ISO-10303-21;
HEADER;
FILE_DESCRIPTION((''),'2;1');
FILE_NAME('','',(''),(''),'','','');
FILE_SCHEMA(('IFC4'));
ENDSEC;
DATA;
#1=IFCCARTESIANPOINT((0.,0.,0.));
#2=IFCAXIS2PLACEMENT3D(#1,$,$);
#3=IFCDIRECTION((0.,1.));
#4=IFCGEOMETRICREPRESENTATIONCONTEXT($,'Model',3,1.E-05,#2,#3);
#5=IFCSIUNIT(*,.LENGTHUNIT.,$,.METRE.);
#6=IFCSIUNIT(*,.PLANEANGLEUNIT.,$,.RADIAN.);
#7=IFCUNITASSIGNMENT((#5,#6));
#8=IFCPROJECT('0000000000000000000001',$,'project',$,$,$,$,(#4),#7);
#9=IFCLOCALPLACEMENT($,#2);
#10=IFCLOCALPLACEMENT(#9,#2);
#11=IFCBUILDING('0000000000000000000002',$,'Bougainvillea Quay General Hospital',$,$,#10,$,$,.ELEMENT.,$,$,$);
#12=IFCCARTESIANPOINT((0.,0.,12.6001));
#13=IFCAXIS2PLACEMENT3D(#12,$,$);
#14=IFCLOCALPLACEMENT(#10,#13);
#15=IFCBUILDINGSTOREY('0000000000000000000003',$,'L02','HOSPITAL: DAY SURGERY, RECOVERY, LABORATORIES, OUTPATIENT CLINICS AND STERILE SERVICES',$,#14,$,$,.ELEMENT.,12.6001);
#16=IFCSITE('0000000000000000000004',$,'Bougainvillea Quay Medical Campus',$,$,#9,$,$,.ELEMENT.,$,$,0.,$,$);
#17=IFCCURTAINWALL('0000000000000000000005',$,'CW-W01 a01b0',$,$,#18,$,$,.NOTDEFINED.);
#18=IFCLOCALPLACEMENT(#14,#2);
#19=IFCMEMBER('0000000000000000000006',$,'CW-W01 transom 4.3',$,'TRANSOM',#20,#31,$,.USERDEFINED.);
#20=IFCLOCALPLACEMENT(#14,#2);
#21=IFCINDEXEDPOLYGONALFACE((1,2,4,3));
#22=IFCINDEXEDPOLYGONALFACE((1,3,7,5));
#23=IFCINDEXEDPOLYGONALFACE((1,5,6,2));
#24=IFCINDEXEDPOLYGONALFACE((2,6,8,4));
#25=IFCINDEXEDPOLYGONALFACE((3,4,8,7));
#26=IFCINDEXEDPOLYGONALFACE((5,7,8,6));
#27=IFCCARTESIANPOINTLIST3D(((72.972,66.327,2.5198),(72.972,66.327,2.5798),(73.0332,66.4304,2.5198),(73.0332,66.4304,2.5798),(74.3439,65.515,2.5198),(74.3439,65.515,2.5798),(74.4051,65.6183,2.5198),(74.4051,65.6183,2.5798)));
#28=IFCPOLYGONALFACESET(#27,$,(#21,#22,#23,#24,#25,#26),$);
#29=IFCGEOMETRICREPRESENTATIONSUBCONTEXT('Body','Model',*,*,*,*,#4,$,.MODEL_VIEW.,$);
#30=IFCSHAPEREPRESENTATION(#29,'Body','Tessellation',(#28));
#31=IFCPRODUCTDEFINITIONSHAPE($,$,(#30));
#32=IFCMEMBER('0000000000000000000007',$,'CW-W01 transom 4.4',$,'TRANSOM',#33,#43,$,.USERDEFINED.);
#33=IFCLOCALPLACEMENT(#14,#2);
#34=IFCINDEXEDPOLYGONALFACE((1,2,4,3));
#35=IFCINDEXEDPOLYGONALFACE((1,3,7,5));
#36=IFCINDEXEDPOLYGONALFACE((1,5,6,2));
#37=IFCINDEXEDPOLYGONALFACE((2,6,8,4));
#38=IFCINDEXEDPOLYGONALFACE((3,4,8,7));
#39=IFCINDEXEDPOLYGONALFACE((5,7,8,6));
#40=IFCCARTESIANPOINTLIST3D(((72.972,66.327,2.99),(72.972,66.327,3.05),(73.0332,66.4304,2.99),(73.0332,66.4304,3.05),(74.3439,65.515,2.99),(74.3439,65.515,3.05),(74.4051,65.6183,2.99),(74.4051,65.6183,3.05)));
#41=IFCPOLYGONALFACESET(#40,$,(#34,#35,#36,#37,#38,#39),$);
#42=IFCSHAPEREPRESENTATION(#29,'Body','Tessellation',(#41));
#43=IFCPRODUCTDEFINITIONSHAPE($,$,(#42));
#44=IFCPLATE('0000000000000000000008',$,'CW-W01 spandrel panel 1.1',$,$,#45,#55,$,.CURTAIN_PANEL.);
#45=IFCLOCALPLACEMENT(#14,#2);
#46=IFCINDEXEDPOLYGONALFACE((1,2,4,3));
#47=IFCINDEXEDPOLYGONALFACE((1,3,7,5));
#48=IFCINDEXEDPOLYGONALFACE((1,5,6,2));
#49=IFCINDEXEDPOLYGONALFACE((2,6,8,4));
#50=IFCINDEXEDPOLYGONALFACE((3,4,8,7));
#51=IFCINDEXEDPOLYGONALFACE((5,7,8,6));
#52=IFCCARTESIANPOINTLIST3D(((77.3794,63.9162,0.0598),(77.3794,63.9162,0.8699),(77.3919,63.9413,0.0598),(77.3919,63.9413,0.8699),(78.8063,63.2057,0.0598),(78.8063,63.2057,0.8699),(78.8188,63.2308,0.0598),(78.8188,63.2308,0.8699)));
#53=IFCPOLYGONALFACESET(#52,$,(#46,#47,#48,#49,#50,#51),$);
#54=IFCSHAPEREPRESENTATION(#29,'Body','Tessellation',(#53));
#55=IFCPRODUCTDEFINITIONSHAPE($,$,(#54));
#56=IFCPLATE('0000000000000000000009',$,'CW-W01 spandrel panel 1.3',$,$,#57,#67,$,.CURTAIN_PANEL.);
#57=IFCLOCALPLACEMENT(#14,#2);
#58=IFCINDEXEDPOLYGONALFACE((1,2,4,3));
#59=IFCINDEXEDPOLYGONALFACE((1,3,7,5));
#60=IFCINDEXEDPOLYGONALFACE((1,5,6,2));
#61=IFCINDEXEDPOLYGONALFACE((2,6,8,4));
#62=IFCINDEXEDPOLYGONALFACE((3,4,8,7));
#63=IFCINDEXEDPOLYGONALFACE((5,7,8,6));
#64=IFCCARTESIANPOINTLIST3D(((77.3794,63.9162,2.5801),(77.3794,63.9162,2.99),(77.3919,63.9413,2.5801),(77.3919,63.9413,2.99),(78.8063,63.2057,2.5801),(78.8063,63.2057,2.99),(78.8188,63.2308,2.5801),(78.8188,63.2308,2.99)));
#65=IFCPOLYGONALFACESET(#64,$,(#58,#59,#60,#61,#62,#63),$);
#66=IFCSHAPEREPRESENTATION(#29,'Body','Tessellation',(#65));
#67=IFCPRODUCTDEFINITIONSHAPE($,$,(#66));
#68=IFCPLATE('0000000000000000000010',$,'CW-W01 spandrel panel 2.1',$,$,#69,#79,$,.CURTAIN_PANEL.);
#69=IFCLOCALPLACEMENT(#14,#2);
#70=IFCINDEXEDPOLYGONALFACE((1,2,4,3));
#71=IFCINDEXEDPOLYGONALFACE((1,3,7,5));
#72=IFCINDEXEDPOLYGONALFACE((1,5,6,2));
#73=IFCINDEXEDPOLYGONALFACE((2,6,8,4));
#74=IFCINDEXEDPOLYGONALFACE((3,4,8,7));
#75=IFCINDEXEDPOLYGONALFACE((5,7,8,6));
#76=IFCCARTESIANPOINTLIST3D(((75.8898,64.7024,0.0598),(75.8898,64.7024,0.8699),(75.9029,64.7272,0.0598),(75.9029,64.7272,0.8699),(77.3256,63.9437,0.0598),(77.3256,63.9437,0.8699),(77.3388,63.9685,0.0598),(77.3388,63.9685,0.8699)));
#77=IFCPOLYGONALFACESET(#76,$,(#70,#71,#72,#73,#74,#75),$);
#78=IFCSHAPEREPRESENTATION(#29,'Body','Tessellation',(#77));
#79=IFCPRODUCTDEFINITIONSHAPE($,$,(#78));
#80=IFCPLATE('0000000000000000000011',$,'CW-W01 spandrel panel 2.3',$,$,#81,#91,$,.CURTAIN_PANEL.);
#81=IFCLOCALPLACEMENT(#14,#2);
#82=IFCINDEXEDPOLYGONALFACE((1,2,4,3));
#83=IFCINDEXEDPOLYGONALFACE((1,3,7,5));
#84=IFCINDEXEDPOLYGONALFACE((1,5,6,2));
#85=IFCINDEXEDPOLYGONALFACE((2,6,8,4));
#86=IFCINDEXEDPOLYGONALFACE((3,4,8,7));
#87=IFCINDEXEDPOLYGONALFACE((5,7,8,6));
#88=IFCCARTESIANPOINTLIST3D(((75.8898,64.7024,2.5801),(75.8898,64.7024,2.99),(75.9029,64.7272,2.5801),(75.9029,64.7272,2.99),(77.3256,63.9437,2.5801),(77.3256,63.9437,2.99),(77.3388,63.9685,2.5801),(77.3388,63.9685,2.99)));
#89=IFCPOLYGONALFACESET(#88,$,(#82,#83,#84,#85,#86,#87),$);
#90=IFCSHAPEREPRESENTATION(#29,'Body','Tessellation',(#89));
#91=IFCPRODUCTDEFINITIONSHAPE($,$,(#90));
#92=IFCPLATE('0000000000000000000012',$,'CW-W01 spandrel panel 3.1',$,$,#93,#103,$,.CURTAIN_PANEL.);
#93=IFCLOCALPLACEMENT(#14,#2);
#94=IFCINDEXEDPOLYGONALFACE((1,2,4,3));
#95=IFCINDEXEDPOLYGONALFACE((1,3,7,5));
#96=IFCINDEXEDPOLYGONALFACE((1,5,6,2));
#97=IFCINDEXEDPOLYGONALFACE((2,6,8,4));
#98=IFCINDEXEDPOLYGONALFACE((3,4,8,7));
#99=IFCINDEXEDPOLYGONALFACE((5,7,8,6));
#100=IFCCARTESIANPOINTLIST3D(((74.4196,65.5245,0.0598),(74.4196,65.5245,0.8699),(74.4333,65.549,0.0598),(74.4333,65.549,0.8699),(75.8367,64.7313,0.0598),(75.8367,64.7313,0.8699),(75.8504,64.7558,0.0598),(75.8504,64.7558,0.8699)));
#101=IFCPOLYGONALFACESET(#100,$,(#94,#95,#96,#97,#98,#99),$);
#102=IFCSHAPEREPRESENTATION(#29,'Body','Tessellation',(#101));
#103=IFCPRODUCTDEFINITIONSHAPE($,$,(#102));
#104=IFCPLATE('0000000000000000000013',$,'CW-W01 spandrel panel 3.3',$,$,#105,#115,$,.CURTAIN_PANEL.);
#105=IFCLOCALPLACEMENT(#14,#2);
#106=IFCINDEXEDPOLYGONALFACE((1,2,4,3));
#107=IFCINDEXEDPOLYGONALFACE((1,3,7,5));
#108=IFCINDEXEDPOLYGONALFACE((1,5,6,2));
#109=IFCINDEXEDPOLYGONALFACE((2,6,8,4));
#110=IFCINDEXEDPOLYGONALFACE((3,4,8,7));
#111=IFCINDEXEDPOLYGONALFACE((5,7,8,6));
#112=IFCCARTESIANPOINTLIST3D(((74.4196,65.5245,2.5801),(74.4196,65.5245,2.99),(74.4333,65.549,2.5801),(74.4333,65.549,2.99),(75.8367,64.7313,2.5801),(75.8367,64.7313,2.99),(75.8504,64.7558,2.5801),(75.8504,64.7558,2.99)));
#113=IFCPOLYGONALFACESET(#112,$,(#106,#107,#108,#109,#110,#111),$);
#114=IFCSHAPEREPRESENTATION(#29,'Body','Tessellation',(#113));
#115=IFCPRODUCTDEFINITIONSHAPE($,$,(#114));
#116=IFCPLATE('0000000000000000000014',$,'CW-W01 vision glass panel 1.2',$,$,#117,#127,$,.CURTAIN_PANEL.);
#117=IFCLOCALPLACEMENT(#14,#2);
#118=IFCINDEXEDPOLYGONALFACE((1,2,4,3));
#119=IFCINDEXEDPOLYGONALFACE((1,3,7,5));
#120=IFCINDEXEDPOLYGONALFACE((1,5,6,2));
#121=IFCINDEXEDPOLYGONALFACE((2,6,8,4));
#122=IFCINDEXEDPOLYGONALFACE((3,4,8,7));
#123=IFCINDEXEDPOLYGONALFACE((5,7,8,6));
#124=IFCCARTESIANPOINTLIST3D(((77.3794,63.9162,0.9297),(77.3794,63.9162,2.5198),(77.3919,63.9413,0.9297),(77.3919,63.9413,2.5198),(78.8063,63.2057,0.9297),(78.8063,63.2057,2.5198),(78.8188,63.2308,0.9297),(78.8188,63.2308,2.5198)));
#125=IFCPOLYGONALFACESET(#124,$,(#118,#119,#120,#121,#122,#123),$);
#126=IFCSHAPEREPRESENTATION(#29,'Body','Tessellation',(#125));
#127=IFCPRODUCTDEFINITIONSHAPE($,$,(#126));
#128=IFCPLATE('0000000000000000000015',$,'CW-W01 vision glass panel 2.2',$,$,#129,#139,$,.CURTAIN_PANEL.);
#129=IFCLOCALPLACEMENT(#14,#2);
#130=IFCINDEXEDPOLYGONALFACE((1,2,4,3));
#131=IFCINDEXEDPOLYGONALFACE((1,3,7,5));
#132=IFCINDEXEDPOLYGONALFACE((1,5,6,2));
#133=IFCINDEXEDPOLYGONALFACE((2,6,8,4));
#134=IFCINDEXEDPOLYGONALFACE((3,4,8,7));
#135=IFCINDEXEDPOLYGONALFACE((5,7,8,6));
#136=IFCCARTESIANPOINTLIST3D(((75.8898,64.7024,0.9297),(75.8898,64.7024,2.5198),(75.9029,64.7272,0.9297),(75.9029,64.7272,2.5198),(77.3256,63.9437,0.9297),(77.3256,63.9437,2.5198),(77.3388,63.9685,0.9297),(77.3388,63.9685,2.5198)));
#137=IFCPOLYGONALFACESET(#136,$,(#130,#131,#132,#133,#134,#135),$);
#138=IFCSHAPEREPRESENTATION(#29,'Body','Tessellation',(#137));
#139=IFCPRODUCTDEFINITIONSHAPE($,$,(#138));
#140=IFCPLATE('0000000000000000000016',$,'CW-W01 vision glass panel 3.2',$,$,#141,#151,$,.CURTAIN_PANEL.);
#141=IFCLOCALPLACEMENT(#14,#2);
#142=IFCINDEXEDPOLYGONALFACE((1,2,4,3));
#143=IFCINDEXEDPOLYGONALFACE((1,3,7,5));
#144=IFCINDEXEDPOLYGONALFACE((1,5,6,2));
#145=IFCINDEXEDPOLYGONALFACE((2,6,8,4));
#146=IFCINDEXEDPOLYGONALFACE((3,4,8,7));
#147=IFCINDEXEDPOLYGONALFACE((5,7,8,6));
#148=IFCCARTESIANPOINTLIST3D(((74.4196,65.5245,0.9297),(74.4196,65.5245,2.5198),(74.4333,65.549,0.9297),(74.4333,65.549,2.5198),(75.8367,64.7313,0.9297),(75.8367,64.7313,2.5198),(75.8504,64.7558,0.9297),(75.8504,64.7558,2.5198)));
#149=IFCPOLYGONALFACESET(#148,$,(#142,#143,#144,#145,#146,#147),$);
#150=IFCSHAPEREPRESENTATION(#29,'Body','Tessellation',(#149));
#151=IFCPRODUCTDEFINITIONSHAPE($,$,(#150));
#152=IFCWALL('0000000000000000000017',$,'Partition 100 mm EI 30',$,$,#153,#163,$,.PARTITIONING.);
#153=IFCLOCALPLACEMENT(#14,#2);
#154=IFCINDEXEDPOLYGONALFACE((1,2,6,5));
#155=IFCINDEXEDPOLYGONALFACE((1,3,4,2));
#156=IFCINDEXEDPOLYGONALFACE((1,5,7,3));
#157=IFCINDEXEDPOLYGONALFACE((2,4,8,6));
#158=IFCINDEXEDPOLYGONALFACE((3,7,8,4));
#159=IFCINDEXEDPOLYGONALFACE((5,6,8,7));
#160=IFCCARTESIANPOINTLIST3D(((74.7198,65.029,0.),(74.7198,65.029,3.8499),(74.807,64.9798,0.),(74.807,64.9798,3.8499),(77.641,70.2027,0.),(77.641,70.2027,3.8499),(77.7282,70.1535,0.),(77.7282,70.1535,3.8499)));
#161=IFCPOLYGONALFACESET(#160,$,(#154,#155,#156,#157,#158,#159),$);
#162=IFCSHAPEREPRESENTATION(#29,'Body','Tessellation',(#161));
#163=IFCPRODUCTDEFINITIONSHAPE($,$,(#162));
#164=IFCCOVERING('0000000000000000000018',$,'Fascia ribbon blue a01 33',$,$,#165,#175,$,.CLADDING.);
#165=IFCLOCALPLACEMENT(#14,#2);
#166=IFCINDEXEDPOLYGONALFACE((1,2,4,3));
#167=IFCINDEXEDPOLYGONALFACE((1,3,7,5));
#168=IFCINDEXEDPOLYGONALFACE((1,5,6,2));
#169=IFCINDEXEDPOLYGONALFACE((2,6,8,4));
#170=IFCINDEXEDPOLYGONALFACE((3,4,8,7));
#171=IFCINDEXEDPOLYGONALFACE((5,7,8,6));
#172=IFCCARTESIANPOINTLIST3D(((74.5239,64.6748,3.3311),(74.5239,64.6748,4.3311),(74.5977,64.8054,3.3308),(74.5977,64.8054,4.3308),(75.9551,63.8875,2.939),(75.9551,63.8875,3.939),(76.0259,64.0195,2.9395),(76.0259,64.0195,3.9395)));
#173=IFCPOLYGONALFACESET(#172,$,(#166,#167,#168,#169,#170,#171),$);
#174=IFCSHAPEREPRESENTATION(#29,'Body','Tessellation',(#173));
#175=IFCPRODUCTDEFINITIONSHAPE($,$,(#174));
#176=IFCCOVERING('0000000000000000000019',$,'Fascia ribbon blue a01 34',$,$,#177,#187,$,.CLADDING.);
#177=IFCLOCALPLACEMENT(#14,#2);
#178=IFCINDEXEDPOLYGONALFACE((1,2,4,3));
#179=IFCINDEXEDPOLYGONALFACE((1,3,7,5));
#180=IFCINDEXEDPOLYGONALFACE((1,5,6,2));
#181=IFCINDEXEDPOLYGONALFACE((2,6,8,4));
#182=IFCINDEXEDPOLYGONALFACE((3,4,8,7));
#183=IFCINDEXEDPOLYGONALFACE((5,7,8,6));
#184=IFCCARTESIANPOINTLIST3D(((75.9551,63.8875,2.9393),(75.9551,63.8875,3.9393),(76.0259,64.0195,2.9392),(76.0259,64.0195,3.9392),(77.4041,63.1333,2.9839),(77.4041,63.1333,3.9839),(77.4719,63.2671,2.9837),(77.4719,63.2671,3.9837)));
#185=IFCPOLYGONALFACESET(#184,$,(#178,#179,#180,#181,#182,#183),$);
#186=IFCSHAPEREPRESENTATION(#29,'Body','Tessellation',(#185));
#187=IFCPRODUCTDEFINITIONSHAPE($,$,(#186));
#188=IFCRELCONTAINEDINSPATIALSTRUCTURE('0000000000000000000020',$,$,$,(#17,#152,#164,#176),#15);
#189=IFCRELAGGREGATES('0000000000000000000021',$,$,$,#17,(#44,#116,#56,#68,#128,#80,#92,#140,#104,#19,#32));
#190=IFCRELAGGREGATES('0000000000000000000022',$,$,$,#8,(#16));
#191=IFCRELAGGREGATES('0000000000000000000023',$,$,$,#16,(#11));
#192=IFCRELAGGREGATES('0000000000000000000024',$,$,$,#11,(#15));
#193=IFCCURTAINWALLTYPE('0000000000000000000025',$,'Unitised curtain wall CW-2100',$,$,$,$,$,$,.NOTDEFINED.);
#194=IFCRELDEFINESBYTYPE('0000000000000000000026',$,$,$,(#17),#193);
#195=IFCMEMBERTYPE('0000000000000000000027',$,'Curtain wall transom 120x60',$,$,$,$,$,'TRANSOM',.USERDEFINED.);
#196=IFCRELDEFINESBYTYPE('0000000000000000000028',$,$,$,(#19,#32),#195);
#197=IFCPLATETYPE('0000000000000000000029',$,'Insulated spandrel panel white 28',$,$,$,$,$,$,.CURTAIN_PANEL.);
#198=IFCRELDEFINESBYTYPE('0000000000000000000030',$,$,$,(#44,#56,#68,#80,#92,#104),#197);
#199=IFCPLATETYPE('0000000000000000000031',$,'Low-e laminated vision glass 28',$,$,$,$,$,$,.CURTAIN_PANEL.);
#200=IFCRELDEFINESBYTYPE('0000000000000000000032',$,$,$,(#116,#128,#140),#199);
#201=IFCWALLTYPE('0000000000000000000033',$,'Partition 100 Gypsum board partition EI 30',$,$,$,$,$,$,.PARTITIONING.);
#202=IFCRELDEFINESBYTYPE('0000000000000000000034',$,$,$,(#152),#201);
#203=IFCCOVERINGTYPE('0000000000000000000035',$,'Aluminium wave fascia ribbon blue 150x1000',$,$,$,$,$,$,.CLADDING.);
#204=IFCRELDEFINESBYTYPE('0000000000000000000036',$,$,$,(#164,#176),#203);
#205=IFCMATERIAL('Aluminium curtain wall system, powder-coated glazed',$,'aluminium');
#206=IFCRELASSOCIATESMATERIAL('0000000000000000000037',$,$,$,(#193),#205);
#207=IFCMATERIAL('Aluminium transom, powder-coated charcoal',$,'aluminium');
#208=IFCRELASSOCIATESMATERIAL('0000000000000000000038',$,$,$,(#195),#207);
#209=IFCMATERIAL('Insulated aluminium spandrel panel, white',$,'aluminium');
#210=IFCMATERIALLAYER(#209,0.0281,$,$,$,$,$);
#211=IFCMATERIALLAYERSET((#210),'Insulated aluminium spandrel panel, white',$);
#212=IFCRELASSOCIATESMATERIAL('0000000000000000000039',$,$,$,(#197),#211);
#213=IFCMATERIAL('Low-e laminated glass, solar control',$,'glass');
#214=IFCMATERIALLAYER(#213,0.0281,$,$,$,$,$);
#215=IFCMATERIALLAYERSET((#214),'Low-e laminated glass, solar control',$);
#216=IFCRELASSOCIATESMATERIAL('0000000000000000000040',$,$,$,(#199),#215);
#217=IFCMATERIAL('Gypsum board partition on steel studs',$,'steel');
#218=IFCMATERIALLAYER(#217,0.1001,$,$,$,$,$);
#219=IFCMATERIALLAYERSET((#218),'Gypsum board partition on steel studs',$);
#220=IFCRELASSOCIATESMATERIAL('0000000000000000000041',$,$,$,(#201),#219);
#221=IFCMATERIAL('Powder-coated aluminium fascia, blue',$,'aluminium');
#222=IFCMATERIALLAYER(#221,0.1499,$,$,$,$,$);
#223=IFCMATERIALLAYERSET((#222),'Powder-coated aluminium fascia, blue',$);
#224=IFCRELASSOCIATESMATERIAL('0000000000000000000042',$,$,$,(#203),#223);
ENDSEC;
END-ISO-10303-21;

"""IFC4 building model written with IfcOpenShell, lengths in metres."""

from ifc_helpers import new_model, si_unit, direction, frame, frame_2d, origin, origin_2d, place, context, subcontext, project, spatial, polyline, rectangle, outline, extrude, material, layer, layer_set, material_profile, profile_set, type_object, element, aggregate, save


model = new_model("IFC4")

# Units and contexts
model_context = context("Model", 3, precision=1e-05, world=origin(), true_north=direction((0.0, 1.0)))
body_context = subcontext(model_context, "Body", "Model", "MODEL_VIEW")
ifc_project = project(units=[si_unit("LENGTHUNIT", "METRE"), si_unit("PLANEANGLEUNIT", "RADIAN")], contexts=[model_context])

# Site, building, storey
site_placement = place(None, origin())
site = spatial("IfcSite", under=ifc_project, at=site_placement, Name="Bougainvillea Quay Medical Campus", CompositionType="ELEMENT", RefElevation=0.0)
building_placement = place(site_placement, origin())
building = spatial("IfcBuilding", under=site, at=building_placement, Name="Bougainvillea Quay General Hospital", CompositionType="ELEMENT")
storey_placement = place(building_placement, frame((0.0, 0.0, 12.6001)))
storey = spatial("IfcBuildingStorey", under=building, at=storey_placement, Name="L02", Description="HOSPITAL: DAY SURGERY, RECOVERY, LABORATORIES, OUTPATIENT CLINICS AND STERILE SERVICES", CompositionType="ELEMENT", Elevation=12.6001)

# Curtain wall, members, plates
ifc_material_1 = material(Name="Aluminium curtain wall system, powder-coated glazed", Category="aluminium")
curtain_wall_type = type_object("IfcCurtainWallType", Name="Unitised curtain wall CW-2100", PredefinedType="NOTDEFINED", material=ifc_material_1)
curtain_wall_placement = place(storey_placement, origin())
curtain_wall = element("IfcCurtainWall", 1, at=curtain_wall_placement, inside=storey, type_object=curtain_wall_type, Name="CW-W01 a01b0", PredefinedType="NOTDEFINED")
ifc_material_2 = material(Name="Aluminium transom, powder-coated charcoal", Category="aluminium")
ifc_material_profile_1 = material_profile(ifc_material_2, rectangle(XDim=0.1201, YDim=0.0601, at=origin_2d()))
ifc_profile_set_1 = profile_set([ifc_material_profile_1], Name="Aluminium transom, powder-coated charcoal")
member_type_1 = type_object("IfcMemberType", Name="Curtain wall transom 120x60", ElementType="TRANSOM", PredefinedType="USERDEFINED", material=ifc_profile_set_1)
member_1_placement = place(storey_placement, frame((74.3745, 65.5667, 2.5498), z_axis=(-0.860545, 0.509374, 0.0), x_axis=(-0.509374, -0.860545, 0.0)))
member_1 = element("IfcMember", 2, at=member_1_placement, type_object=member_type_1, Name="CW-W01 transom 4.3", ObjectType="TRANSOM", PredefinedType="USERDEFINED", context=body_context, shape_type="SweptSolid", body=[
    extrude(rectangle(XDim=0.1201, YDim=0.0601, at=origin_2d()), origin(), (0.0, 0.0, 1.0), 1.5942),
])
member_2_placement = place(storey_placement, frame((74.3745, 65.5667, 3.02), z_axis=(-0.860545, 0.509374, 0.0), x_axis=(-0.509374, -0.860545, 0.0)))
member_2 = element("IfcMember", 3, at=member_2_placement, type_object=member_type_1, Name="CW-W01 transom 4.4", ObjectType="TRANSOM", PredefinedType="USERDEFINED", context=body_context, shape_type="SweptSolid", body=[
    extrude(rectangle(XDim=0.1201, YDim=0.0601, at=origin_2d()), origin(), (0.0, 0.0, 1.0), 1.5942),
])
ifc_material_3 = material(Name="Insulated aluminium spandrel panel, white", Category="aluminium")
ifc_layer_1 = layer(ifc_material_3, 0.0281)
ifc_layer_set_1 = layer_set([ifc_layer_1], Name="Insulated aluminium spandrel panel, white")
plate_type_1 = type_object("IfcPlateType", Name="Insulated spandrel panel white 28", PredefinedType="CURTAIN_PANEL", material=ifc_layer_set_1)
plate_1_placement = place(storey_placement, frame((78.0991, 63.5735, 0.0598), z_axis=(0.0, 0.0, 1.0), x_axis=(-0.895167, 0.445731, 0.0)))
plate_1 = element("IfcPlate", 4, at=plate_1_placement, type_object=plate_type_1, Name="CW-W01 spandrel panel 1.1", PredefinedType="CURTAIN_PANEL", context=body_context, shape_type="SweptSolid", body=[
    extrude(rectangle(XDim=1.594, YDim=0.0281, at=origin_2d()), origin(), (0.0, 0.0, 1.0), 0.8101),
])
plate_2_placement = place(storey_placement, frame((78.0991, 63.5735, 2.5801), z_axis=(0.0, 0.0, 1.0), x_axis=(-0.895167, 0.445731, 0.0)))
plate_2 = element("IfcPlate", 5, at=plate_2_placement, type_object=plate_type_1, Name="CW-W01 spandrel panel 1.3", PredefinedType="CURTAIN_PANEL", context=body_context, shape_type="SweptSolid", body=[
    extrude(rectangle(XDim=1.594, YDim=0.0281, at=origin_2d()), origin(), (0.0, 0.0, 1.0), 0.4099),
])
plate_3_placement = place(storey_placement, frame((76.6143, 64.3354, 0.0598), z_axis=(0.0, 0.0, 1.0), x_axis=(-0.884145, 0.467213, 0.0)))
plate_3 = element("IfcPlate", 6, at=plate_3_placement, type_object=plate_type_1, Name="CW-W01 spandrel panel 2.1", PredefinedType="CURTAIN_PANEL", context=body_context, shape_type="SweptSolid", body=[
    extrude(rectangle(XDim=1.624, YDim=0.0281, at=origin_2d()), origin(), (0.0, 0.0, 1.0), 0.8101),
])
plate_4_placement = place(storey_placement, frame((76.6143, 64.3354, 2.5801), z_axis=(0.0, 0.0, 1.0), x_axis=(-0.884145, 0.467213, 0.0)))
plate_4 = element("IfcPlate", 7, at=plate_4_placement, type_object=plate_type_1, Name="CW-W01 spandrel panel 2.3", PredefinedType="CURTAIN_PANEL", context=body_context, shape_type="SweptSolid", body=[
    extrude(rectangle(XDim=1.624, YDim=0.0281, at=origin_2d()), origin(), (0.0, 0.0, 1.0), 0.4099),
])
plate_5_placement = place(storey_placement, frame((75.135, 65.1401, 0.0598), z_axis=(0.0, 0.0, 1.0), x_axis=(-0.872608, 0.488422, 0.0)))
plate_5 = element("IfcPlate", 8, at=plate_5_placement, type_object=plate_type_1, Name="CW-W01 spandrel panel 3.1", PredefinedType="CURTAIN_PANEL", context=body_context, shape_type="SweptSolid", body=[
    extrude(rectangle(XDim=1.624, YDim=0.0281, at=origin_2d()), origin(), (0.0, 0.0, 1.0), 0.8101),
])
plate_6_placement = place(storey_placement, frame((75.135, 65.1401, 2.5801), z_axis=(0.0, 0.0, 1.0), x_axis=(-0.872608, 0.488422, 0.0)))
plate_6 = element("IfcPlate", 9, at=plate_6_placement, type_object=plate_type_1, Name="CW-W01 spandrel panel 3.3", PredefinedType="CURTAIN_PANEL", context=body_context, shape_type="SweptSolid", body=[
    extrude(rectangle(XDim=1.624, YDim=0.0281, at=origin_2d()), origin(), (0.0, 0.0, 1.0), 0.4099),
])
ifc_material_4 = material(Name="Low-e laminated glass, solar control", Category="glass")
ifc_layer_2 = layer(ifc_material_4, 0.0281)
ifc_layer_set_2 = layer_set([ifc_layer_2], Name="Low-e laminated glass, solar control")
plate_type_2 = type_object("IfcPlateType", Name="Low-e laminated vision glass 28", PredefinedType="CURTAIN_PANEL", material=ifc_layer_set_2)
plate_7_placement = place(storey_placement, frame((78.0991, 63.5735, 0.9297), z_axis=(0.0, 0.0, 1.0), x_axis=(-0.895167, 0.445731, 0.0)))
plate_7 = element("IfcPlate", 10, at=plate_7_placement, type_object=plate_type_2, Name="CW-W01 vision glass panel 1.2", PredefinedType="CURTAIN_PANEL", context=body_context, shape_type="SweptSolid", body=[
    extrude(rectangle(XDim=1.594, YDim=0.0281, at=origin_2d()), origin(), (0.0, 0.0, 1.0), 1.5901),
])
plate_8_placement = place(storey_placement, frame((76.6143, 64.3354, 0.9297), z_axis=(0.0, 0.0, 1.0), x_axis=(-0.884145, 0.467213, 0.0)))
plate_8 = element("IfcPlate", 11, at=plate_8_placement, type_object=plate_type_2, Name="CW-W01 vision glass panel 2.2", PredefinedType="CURTAIN_PANEL", context=body_context, shape_type="SweptSolid", body=[
    extrude(rectangle(XDim=1.624, YDim=0.0281, at=origin_2d()), origin(), (0.0, 0.0, 1.0), 1.5901),
])
plate_9_placement = place(storey_placement, frame((75.135, 65.1401, 0.9297), z_axis=(0.0, 0.0, 1.0), x_axis=(-0.872608, 0.488422, 0.0)))
plate_9 = element("IfcPlate", 12, at=plate_9_placement, type_object=plate_type_2, Name="CW-W01 vision glass panel 3.2", PredefinedType="CURTAIN_PANEL", context=body_context, shape_type="SweptSolid", body=[
    extrude(rectangle(XDim=1.624, YDim=0.0281, at=origin_2d()), origin(), (0.0, 0.0, 1.0), 1.5901),
])
aggregate(curtain_wall, [plate_1, plate_7, plate_2, plate_3, plate_8, plate_4, plate_5, plate_9, plate_6, member_1, member_2])

# Wall
ifc_material_5 = material(Name="Gypsum board partition on steel studs", Category="steel")
ifc_layer_3 = layer(ifc_material_5, 0.1001)
ifc_layer_set_3 = layer_set([ifc_layer_3], Name="Gypsum board partition on steel studs")
wall_type = type_object("IfcWallType", Name="Partition 100 Gypsum board partition EI 30", PredefinedType="PARTITIONING", material=ifc_layer_set_3)
wall_placement = place(storey_placement, frame((74.7634, 65.0044, 0.0), z_axis=(0.0, 0.0, 1.0), x_axis=(0.491667, 0.870783, 0.0)))
element("IfcWall", 13, at=wall_placement, inside=storey, type_object=wall_type, Name="Partition 100 mm EI 30", PredefinedType="PARTITIONING", context=body_context, shape_type="SweptSolid", body=[
    extrude(rectangle(XDim=5.9414, YDim=0.1001, at=frame_2d((2.9707, 0.0))), origin(), (0.0, 0.0, 1.0), 3.8499),
])

# Coverings
ifc_material_6 = material(Name="Powder-coated aluminium fascia, blue", Category="aluminium")
ifc_layer_4 = layer(ifc_material_6, 0.1499)
ifc_layer_set_4 = layer_set([ifc_layer_4], Name="Powder-coated aluminium fascia, blue")
covering_type = type_object("IfcCoveringType", Name="Aluminium wave fascia ribbon blue 150x1000", PredefinedType="CLADDING", material=ifc_layer_set_4)
covering_1_placement = place(storey_placement, frame((74.5977, 64.8054, 3.3308), z_axis=(0.204132, -0.113214, 0.972375), x_axis=(0.851918, -0.468773, -0.233424)))
element("IfcCovering", 14, at=covering_1_placement, inside=storey, type_object=covering_type, Name="Fascia ribbon blue a01 33", PredefinedType="CLADDING", context=body_context, shape_type="SweptSolid", body=[
    extrude(outline(polyline([(0.0, 0.0), (1.6765, 0.0), (1.6782, -0.1499), (-0.0016, -0.15), (0.0, 0.0)])), origin(), (-0.233424, 0.000758, 0.972375), 1.0),
])
covering_2_placement = place(storey_placement, frame((76.0259, 64.0195, 2.9392), z_axis=(-0.023825, 0.013344, 0.999627), x_axis=(0.886761, -0.461421, 0.027295)))
element("IfcCovering", 15, at=covering_2_placement, inside=storey, type_object=covering_type, Name="Fascia ribbon blue a01 34", PredefinedType="CLADDING", context=body_context, shape_type="SweptSolid", body=[
    extrude(outline(polyline([(0.0, 0.0), (1.6307, 0.0), (1.6323, -0.15), (-0.0018, -0.1498), (0.0, 0.0)])), origin(), (0.027295, -0.00084, 0.999627), 1.0),
])

save(model, "model.ifc")
